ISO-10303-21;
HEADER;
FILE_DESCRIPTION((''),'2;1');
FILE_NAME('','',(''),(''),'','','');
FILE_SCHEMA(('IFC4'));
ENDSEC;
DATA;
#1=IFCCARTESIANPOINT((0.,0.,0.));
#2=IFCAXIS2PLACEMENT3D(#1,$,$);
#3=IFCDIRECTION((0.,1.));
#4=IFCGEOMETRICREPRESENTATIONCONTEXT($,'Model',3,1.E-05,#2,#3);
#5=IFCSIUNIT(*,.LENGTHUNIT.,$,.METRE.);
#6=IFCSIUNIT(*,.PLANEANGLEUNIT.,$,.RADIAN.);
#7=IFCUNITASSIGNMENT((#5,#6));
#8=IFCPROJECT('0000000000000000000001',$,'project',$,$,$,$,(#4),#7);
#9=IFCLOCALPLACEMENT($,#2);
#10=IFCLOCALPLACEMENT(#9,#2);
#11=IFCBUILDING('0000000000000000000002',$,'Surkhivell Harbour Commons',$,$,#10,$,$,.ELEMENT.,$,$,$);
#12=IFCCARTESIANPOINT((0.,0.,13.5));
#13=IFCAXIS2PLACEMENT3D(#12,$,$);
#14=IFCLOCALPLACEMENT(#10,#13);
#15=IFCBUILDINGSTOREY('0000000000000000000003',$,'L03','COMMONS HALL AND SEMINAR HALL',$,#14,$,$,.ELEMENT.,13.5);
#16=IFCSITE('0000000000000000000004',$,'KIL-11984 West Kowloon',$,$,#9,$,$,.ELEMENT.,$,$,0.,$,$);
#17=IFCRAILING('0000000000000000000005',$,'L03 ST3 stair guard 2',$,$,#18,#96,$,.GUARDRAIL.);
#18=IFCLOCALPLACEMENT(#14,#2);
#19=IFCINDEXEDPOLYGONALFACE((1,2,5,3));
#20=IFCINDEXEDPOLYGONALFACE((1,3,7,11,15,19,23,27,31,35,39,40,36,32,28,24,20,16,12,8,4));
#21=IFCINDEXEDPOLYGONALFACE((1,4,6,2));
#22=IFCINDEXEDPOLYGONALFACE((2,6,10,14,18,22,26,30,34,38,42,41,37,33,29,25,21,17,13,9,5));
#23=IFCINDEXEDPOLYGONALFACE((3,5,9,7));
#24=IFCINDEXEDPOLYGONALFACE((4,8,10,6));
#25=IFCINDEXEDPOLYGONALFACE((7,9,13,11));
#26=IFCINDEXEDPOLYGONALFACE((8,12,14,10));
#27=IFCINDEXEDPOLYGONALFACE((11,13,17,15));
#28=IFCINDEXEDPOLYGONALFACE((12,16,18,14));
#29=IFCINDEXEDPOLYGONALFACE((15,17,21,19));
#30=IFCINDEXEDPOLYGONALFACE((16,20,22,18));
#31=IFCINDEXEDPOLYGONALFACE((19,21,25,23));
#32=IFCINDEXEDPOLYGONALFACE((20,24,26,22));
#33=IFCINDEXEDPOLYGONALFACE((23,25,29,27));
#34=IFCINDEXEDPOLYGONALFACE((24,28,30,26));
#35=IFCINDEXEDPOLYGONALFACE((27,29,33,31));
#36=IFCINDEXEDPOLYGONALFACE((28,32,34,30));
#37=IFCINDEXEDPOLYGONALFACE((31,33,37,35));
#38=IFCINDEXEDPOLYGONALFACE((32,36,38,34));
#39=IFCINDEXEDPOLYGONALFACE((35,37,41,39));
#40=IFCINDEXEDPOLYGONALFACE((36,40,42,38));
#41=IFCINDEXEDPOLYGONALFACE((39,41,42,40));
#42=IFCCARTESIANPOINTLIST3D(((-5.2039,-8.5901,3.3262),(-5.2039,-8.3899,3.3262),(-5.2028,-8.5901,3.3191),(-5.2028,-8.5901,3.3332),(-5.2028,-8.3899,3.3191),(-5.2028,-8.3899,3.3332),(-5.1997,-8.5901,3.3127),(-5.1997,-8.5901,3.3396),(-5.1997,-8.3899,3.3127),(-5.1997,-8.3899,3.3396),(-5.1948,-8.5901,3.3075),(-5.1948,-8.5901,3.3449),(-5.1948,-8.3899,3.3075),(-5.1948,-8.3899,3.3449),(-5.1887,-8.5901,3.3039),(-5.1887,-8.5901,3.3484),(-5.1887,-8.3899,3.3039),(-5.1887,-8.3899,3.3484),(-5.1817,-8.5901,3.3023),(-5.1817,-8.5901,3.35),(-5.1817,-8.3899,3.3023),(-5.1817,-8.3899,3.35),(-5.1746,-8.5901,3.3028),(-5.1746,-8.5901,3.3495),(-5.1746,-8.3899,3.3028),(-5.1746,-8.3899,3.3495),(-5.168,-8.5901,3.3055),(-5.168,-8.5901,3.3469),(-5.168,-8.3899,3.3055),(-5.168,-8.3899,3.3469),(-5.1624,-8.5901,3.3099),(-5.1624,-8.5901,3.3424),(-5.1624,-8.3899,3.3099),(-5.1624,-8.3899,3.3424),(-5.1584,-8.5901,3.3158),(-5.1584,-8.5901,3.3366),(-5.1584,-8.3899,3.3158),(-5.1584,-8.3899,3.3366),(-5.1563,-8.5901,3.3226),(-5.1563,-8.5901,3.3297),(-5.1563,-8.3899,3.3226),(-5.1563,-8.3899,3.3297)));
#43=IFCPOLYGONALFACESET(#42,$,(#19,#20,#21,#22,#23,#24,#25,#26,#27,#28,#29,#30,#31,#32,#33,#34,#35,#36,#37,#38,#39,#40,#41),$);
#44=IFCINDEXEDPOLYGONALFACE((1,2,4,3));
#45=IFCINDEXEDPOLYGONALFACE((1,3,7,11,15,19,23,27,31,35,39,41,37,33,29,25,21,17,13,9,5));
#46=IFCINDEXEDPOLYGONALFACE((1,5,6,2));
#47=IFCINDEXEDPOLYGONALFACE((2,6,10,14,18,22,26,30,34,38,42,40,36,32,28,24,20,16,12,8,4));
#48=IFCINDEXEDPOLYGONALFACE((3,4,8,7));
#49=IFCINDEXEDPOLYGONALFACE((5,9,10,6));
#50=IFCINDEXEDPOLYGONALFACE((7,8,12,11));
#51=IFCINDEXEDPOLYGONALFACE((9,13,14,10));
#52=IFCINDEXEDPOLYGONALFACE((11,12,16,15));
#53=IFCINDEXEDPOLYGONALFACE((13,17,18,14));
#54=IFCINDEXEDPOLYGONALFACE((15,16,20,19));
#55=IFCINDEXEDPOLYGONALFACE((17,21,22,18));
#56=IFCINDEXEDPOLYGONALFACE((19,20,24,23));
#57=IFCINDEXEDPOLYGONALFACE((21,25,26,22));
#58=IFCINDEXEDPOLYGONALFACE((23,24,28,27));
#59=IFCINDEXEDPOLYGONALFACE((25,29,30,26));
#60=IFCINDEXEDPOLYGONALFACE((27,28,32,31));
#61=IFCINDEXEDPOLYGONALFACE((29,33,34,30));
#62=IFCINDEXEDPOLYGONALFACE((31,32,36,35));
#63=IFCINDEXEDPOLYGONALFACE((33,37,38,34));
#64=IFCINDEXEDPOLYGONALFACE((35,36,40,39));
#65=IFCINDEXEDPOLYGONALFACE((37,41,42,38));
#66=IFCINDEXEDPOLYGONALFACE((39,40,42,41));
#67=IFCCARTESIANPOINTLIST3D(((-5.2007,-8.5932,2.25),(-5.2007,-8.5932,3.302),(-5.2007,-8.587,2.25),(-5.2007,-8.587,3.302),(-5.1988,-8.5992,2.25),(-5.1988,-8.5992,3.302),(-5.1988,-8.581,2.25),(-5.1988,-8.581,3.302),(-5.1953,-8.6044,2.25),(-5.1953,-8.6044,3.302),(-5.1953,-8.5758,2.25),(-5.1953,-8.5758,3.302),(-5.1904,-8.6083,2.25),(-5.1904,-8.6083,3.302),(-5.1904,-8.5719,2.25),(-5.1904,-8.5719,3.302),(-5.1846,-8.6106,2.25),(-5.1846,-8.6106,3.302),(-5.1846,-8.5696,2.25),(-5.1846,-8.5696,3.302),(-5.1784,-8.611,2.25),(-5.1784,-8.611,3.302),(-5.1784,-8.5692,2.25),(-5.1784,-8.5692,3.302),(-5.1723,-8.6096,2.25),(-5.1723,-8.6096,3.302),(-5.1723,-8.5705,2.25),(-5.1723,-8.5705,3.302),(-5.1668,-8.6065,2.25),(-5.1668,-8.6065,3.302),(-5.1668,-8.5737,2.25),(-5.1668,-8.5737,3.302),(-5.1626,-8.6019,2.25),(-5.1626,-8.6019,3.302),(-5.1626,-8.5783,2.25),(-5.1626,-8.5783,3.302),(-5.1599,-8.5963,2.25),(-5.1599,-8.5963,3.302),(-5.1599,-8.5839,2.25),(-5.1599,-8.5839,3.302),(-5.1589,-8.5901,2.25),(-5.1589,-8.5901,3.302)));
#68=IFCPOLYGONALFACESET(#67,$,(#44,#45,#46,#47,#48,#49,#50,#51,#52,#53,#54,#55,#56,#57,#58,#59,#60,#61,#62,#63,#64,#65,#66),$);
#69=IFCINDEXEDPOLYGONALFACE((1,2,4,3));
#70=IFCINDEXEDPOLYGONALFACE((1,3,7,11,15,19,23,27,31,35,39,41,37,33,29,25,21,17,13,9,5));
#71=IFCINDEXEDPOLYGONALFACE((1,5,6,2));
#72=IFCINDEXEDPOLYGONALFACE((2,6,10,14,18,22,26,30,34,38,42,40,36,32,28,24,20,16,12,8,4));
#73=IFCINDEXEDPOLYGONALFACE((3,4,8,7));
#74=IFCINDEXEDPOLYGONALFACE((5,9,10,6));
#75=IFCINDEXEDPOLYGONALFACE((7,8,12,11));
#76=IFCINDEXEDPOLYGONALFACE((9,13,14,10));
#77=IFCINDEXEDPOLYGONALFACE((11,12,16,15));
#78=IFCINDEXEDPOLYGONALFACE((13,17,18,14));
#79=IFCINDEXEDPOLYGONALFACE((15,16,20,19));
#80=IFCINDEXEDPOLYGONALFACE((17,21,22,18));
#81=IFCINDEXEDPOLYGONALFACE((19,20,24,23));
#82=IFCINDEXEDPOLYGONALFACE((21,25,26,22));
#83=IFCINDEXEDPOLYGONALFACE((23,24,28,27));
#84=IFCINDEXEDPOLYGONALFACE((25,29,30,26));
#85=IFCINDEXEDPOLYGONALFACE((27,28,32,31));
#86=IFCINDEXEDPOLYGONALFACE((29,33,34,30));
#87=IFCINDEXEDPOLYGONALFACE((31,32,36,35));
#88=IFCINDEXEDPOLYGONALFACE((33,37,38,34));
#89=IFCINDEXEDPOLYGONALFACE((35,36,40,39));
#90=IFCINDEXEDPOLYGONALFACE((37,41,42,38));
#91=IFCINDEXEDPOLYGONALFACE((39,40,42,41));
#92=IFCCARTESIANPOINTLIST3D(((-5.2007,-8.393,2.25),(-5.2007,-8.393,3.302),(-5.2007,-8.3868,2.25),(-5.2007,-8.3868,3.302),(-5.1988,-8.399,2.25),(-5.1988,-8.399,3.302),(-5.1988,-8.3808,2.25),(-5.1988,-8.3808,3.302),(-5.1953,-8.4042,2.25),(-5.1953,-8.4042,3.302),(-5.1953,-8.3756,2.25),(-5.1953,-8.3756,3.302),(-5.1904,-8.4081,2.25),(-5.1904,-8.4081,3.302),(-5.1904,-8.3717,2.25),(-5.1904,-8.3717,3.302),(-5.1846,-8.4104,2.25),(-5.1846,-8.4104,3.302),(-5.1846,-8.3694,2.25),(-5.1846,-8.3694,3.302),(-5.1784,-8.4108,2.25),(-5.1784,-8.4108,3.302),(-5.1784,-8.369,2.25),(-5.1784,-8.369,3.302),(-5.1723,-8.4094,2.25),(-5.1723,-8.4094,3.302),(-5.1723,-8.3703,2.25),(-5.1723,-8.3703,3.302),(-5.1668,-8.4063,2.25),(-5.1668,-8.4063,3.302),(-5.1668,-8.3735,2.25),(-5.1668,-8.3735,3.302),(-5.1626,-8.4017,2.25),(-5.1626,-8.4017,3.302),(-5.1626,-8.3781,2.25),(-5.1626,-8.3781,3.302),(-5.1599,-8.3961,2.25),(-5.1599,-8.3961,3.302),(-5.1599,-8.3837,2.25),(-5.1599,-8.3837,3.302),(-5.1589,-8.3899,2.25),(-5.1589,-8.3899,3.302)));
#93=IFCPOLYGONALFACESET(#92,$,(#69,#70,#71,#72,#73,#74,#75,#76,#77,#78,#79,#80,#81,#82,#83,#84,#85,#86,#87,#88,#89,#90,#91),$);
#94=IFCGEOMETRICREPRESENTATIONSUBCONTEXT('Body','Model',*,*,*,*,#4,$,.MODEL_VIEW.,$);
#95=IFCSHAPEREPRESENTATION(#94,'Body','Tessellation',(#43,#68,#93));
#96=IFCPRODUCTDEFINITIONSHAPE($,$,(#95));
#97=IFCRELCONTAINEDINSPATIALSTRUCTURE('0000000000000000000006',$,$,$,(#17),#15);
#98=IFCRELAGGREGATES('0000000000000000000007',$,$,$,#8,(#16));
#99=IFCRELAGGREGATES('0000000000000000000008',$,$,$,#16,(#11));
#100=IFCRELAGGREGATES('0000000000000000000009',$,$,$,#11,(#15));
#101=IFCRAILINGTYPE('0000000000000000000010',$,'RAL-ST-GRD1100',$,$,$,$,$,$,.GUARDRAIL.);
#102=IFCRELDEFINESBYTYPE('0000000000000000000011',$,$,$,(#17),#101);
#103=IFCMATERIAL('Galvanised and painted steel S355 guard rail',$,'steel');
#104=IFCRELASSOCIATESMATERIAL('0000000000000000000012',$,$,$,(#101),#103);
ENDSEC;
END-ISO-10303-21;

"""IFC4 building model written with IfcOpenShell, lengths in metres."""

from ifc_helpers import new_model, si_unit, direction, frame, origin, origin_2d, place, context, subcontext, project, spatial, circle, extrude, material, type_object, element, save


model = new_model("IFC4")

# Units and contexts
model_context = context("Model", 3, precision=1e-05, world=origin(), true_north=direction((0.0, 1.0)))
body_context = subcontext(model_context, "Body", "Model", "MODEL_VIEW")
ifc_project = project(units=[si_unit("LENGTHUNIT", "METRE"), si_unit("PLANEANGLEUNIT", "RADIAN")], contexts=[model_context])

# Site, building, storey
site_placement = place(None, origin())
site = spatial("IfcSite", under=ifc_project, at=site_placement, Name="KIL-11984 West Kowloon", CompositionType="ELEMENT", RefElevation=0.0)
building_placement = place(site_placement, origin())
building = spatial("IfcBuilding", under=site, at=building_placement, Name="Surkhivell Harbour Commons", CompositionType="ELEMENT")
storey_placement = place(building_placement, frame((0.0, 0.0, 13.5)))
storey = spatial("IfcBuildingStorey", under=building, at=storey_placement, Name="L03", Description="COMMONS HALL AND SEMINAR HALL", CompositionType="ELEMENT", Elevation=13.5)

# Railing
ifc_material_1 = material(Name="Galvanised and painted steel S355 guard rail", Category="steel")
railing_type_1 = type_object("IfcRailingType", Name="RAL-ST-GRD1100", PredefinedType="GUARDRAIL", material=ifc_material_1)
railing_1_placement = place(storey_placement, frame((-5.1799, -8.5901, 2.25)))
element("IfcRailing", 1, at=railing_1_placement, inside=storey, type_object=railing_type_1, Name="L03 ST3 stair guard 2", PredefinedType="GUARDRAIL", context=body_context, shape_type="SweptSolid", body=[
    extrude(circle(Radius=0.0239, at=origin_2d()), frame((0.0, 0.0, 1.0762), z_axis=(0.0, 1.0, 0.0), x_axis=(-1.0, 0.0, 0.0)), (0.0, 0.0, 1.0), 0.2002),
    extrude(circle(Radius=0.021, at=origin_2d()), origin(), (0.0, 0.0, 1.0), 1.052),
    extrude(circle(Radius=0.021, at=origin_2d()), frame((0.0, 0.2002, 0.0)), (0.0, 0.0, 1.0), 1.052),
])

save(model, "model.ifc")
